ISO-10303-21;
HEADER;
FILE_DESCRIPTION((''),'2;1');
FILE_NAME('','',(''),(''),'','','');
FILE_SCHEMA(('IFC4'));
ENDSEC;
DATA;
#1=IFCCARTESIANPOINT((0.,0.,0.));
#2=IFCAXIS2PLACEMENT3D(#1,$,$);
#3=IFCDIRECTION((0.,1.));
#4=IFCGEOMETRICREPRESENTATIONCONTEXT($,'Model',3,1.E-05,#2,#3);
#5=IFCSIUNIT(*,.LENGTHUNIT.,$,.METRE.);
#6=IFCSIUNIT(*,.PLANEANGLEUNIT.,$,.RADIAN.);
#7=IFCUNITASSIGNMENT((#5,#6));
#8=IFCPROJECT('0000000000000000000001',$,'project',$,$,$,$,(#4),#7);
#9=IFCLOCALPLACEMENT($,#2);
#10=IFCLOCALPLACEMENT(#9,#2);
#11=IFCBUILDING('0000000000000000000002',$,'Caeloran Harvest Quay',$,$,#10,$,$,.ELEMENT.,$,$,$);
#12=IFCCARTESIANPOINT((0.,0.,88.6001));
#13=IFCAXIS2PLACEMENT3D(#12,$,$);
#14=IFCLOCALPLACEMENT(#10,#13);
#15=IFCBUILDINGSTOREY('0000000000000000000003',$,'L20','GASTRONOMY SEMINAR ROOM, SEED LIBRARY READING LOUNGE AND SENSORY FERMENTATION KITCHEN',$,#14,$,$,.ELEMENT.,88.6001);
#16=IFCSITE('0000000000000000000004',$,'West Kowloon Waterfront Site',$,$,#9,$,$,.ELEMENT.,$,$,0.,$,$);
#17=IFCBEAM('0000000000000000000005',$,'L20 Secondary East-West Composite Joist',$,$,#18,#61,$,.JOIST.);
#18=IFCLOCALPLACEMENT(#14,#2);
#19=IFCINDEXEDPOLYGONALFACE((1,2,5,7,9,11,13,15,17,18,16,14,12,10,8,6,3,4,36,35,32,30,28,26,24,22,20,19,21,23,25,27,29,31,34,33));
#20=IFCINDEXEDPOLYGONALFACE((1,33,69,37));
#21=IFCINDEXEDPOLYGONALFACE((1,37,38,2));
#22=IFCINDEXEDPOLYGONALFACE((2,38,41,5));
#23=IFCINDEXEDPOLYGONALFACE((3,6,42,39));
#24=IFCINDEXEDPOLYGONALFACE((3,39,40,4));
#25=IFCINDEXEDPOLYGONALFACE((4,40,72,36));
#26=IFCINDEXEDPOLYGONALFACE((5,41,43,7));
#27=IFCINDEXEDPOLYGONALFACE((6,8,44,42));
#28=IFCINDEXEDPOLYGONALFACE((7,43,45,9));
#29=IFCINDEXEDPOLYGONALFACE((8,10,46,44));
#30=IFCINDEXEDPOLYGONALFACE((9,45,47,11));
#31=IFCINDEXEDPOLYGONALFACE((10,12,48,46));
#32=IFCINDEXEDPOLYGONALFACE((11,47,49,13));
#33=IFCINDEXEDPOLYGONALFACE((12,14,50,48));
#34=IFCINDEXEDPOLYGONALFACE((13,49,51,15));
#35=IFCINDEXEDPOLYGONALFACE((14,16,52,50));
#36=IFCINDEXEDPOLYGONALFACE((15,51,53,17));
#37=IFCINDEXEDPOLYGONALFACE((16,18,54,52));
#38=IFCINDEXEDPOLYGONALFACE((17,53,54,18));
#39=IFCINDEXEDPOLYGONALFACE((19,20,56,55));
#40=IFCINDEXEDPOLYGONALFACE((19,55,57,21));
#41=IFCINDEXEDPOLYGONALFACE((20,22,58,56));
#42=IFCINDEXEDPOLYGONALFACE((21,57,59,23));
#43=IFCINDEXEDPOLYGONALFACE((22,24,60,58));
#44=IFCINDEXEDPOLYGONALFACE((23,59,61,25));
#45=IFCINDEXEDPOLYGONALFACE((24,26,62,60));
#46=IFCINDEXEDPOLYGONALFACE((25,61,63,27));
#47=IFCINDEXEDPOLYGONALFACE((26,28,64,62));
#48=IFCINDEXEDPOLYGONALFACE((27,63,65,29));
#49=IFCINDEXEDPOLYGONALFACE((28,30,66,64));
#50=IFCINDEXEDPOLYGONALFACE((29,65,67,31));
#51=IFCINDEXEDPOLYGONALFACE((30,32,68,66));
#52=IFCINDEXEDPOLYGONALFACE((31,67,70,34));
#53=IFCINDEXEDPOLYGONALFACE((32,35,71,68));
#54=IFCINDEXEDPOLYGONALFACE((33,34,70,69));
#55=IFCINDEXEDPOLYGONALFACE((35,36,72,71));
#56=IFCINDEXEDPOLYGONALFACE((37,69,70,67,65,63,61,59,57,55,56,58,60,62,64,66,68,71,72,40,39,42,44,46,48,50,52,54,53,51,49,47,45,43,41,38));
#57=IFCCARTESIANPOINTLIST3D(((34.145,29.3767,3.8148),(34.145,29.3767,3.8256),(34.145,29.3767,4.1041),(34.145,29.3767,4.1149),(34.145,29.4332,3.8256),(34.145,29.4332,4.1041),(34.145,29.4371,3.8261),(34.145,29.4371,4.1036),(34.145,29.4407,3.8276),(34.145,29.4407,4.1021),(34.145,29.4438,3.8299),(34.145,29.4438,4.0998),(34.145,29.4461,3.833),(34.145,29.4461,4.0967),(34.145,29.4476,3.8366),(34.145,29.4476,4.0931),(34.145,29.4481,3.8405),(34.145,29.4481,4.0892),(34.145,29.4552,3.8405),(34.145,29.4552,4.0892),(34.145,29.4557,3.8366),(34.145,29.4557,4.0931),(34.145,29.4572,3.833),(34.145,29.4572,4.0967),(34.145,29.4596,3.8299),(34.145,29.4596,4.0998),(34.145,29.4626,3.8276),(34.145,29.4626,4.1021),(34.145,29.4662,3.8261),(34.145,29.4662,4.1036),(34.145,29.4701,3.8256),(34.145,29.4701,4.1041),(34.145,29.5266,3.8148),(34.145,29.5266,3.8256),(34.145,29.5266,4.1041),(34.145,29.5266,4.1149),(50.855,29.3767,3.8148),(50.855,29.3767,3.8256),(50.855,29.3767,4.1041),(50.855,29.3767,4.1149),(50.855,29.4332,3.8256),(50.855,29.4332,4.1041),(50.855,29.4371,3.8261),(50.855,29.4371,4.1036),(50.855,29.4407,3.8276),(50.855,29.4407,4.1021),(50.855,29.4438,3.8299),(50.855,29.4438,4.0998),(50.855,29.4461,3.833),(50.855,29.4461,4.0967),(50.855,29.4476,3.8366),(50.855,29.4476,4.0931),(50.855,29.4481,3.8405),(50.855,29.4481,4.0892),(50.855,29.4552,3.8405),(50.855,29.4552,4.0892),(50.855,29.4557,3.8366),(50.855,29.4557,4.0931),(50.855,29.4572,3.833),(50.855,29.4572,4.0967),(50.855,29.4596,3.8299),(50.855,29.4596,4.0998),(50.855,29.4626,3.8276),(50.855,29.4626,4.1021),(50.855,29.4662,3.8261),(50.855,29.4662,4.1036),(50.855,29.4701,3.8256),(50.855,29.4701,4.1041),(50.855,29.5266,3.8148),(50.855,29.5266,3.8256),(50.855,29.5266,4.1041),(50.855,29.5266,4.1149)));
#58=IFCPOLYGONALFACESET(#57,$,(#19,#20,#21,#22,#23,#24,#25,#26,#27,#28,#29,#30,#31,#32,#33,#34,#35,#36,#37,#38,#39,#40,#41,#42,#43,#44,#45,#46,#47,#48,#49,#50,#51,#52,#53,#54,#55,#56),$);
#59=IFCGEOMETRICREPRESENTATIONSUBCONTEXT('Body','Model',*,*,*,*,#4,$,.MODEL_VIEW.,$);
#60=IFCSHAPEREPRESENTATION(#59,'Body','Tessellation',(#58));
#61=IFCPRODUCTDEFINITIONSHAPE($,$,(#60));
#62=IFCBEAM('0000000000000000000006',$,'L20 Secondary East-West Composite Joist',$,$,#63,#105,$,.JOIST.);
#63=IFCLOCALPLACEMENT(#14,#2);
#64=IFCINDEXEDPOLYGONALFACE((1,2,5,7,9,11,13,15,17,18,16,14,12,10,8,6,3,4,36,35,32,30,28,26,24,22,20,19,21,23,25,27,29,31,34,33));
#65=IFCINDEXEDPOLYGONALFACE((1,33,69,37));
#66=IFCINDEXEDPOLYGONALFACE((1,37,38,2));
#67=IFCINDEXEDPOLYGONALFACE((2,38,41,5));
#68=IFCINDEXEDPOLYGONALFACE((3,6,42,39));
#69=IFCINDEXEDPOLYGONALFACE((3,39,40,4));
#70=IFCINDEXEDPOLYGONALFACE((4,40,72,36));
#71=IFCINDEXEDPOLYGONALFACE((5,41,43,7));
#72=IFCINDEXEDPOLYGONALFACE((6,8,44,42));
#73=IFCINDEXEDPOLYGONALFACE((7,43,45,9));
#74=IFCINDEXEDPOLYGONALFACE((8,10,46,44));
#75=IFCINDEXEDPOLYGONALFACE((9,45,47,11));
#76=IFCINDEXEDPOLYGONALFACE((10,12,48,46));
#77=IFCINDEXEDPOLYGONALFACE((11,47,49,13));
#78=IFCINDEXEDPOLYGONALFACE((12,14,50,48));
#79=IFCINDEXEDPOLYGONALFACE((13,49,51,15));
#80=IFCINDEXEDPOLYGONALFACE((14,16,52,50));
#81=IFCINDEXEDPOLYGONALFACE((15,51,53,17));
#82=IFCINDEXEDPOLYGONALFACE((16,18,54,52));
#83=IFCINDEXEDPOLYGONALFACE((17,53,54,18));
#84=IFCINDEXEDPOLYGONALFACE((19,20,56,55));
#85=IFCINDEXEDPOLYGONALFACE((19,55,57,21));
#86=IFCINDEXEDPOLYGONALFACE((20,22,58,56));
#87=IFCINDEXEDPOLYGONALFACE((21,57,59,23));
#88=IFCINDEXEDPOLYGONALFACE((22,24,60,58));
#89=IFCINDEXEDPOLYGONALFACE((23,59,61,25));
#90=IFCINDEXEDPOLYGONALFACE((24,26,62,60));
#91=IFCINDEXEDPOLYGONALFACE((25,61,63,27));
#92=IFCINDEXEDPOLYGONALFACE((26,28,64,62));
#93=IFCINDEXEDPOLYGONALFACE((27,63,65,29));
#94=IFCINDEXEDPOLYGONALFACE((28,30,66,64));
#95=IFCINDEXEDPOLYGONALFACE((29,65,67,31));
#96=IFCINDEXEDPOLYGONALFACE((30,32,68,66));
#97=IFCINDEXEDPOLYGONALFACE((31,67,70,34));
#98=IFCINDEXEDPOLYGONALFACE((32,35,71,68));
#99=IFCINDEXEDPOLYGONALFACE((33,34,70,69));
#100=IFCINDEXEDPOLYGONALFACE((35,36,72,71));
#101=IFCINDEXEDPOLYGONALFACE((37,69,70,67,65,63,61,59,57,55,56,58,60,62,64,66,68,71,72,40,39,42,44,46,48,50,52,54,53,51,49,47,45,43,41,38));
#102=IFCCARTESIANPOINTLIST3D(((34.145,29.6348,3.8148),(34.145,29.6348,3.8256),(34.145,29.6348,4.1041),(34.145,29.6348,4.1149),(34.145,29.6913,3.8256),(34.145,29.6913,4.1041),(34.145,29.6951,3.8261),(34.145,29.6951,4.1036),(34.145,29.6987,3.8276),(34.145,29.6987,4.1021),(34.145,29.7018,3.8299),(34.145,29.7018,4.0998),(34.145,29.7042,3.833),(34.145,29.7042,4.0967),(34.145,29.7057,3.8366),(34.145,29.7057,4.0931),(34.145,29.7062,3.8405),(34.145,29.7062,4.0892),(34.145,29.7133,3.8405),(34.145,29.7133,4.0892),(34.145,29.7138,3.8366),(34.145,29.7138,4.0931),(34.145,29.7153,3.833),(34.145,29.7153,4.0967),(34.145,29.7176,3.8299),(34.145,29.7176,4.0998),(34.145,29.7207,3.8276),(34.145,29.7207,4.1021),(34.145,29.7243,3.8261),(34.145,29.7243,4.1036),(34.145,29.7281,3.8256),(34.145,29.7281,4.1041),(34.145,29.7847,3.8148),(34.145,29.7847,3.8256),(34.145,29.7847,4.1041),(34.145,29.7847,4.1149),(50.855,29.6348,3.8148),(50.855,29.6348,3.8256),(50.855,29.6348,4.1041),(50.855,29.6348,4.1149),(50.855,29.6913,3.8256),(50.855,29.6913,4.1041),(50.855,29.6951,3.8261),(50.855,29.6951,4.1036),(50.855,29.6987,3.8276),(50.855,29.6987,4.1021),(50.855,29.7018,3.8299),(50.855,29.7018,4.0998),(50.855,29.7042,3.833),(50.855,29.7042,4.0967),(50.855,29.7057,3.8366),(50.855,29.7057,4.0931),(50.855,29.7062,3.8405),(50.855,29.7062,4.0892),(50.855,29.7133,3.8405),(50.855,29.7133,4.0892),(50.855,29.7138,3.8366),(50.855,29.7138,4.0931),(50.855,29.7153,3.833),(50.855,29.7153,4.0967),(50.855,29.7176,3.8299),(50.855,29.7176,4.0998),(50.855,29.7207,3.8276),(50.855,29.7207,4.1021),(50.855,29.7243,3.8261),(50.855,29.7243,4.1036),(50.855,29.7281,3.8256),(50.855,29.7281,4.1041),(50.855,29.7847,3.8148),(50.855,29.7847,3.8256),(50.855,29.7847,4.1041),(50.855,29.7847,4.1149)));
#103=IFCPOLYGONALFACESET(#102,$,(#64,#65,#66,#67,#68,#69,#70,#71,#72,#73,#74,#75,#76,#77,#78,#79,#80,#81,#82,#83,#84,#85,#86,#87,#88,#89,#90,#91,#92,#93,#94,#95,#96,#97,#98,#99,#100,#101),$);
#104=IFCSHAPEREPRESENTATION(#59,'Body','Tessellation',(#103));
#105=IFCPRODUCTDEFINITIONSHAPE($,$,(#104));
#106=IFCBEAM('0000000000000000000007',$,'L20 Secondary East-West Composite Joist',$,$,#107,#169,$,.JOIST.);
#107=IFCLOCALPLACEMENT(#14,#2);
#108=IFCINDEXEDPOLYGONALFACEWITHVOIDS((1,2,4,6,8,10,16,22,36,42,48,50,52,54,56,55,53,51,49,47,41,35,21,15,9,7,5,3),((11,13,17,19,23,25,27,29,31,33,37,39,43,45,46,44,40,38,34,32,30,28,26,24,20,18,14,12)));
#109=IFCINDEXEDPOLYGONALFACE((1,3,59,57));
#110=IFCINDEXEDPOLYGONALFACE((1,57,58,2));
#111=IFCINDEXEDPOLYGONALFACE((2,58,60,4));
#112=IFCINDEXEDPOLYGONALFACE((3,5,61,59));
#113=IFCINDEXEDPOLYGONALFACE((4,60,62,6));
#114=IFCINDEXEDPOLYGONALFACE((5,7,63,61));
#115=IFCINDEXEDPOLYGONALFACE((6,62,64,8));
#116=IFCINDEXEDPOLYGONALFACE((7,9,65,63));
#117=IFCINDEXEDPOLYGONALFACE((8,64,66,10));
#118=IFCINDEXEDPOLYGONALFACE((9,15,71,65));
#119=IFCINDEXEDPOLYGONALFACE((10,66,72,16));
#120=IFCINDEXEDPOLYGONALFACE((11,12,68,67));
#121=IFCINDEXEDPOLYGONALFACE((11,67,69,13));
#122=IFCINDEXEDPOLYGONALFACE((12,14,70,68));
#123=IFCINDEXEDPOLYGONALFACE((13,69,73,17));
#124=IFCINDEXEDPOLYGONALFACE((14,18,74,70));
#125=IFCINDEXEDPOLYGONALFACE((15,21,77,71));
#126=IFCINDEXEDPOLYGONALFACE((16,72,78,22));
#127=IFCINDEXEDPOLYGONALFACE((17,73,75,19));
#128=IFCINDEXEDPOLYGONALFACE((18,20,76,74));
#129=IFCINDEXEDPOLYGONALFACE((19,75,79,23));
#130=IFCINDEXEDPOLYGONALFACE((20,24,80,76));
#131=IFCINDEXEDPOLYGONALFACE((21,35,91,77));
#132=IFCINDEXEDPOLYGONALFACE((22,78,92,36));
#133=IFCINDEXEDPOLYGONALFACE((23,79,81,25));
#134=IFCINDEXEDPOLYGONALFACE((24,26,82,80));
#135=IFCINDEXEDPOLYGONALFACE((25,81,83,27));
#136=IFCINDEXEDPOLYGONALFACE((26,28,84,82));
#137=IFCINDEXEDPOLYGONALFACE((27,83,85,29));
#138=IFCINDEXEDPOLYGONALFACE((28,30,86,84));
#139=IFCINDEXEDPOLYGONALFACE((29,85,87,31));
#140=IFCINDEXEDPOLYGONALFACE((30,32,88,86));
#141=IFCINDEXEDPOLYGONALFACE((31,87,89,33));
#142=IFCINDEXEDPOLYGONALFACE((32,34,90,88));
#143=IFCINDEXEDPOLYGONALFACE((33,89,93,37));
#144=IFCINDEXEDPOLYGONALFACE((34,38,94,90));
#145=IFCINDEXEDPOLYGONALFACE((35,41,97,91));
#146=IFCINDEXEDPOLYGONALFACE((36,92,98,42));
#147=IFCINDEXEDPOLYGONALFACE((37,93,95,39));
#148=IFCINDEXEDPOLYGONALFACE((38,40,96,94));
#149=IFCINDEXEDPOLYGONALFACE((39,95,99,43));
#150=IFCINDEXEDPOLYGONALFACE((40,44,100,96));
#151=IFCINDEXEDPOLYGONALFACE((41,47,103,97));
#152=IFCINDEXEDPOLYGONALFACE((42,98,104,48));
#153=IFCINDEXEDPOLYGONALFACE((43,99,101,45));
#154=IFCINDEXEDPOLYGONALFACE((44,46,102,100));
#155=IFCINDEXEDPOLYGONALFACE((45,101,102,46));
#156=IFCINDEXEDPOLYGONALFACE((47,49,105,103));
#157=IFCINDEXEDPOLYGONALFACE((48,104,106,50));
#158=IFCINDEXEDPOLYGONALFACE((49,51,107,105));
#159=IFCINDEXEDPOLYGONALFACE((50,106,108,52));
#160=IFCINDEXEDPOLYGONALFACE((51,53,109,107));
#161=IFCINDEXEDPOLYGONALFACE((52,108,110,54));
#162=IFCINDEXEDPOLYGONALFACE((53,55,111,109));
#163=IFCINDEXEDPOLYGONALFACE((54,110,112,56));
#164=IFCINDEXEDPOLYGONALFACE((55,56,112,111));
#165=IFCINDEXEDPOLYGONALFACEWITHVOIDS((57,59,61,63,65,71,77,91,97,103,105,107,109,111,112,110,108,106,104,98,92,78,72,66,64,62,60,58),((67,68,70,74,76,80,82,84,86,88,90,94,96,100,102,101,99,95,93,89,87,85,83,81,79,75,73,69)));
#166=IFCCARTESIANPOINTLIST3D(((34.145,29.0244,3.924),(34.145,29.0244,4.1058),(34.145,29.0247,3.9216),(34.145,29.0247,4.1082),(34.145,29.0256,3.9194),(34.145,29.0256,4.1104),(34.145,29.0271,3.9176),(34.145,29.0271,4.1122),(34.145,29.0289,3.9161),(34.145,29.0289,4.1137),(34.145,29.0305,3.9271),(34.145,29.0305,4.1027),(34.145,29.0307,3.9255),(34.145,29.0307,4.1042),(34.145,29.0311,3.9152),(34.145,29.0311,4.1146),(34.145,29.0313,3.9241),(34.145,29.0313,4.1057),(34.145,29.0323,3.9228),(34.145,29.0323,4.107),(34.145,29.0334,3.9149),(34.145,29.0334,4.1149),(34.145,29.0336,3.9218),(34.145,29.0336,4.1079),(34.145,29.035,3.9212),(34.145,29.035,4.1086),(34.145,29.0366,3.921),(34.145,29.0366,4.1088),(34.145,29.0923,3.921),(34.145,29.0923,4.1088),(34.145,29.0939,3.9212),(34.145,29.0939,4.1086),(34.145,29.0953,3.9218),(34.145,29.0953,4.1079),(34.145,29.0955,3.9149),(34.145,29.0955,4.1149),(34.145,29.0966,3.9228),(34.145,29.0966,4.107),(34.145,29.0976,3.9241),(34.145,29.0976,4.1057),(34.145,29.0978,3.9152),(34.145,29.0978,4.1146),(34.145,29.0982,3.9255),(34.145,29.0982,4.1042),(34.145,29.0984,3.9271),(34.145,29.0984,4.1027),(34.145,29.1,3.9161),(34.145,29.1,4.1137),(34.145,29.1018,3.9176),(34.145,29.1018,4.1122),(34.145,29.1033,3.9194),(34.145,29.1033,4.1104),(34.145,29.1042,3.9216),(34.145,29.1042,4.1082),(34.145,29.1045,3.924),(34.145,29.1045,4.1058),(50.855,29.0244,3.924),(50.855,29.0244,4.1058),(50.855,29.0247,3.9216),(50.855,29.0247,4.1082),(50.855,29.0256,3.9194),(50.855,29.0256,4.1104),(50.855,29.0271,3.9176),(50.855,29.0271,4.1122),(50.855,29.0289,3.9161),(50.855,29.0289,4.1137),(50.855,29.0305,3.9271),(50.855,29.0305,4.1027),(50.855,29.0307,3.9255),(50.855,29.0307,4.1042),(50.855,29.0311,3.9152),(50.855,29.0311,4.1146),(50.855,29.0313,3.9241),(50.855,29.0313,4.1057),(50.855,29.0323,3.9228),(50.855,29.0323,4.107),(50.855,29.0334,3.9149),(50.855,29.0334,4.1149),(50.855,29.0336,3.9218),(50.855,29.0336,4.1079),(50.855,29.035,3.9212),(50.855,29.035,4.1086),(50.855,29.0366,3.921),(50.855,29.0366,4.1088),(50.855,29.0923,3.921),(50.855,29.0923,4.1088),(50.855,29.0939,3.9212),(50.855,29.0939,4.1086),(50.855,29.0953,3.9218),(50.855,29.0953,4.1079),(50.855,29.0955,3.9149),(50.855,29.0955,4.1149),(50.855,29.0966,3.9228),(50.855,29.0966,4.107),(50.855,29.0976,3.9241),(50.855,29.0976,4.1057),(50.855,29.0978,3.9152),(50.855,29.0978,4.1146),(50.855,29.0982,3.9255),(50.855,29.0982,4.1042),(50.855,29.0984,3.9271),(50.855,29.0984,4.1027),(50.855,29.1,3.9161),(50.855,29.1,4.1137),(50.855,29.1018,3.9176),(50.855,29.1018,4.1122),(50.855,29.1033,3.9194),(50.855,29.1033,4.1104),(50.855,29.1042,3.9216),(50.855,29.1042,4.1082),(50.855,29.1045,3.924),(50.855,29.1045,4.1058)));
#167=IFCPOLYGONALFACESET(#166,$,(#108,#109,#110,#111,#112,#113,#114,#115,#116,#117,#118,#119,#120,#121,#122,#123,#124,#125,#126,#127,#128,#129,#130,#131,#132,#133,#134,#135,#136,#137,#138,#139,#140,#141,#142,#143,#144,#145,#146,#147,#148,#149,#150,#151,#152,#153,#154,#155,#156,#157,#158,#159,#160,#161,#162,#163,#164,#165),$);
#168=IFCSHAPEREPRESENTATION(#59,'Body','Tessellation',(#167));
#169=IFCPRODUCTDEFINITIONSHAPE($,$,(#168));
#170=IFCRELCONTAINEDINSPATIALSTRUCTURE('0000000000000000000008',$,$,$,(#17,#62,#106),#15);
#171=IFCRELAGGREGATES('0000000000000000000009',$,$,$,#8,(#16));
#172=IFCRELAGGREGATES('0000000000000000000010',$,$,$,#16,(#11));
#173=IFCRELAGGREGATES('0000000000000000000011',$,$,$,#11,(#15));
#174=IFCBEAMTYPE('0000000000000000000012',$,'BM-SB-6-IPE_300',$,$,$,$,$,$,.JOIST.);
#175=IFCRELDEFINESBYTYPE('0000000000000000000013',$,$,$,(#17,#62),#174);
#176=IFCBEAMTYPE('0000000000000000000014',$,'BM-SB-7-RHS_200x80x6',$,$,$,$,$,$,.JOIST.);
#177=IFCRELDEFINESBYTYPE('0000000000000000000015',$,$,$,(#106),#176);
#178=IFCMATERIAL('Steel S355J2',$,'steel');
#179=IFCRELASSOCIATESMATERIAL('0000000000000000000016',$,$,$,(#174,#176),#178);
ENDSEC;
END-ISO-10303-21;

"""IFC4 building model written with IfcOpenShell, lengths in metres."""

from ifc_helpers import new_model, si_unit, direction, frame, origin, origin_2d, place, context, subcontext, project, spatial, hollow_rectangle, i_section, extrude, material, material_profile, profile_set, type_object, element, save


model = new_model("IFC4")

# Units and contexts
model_context = context("Model", 3, precision=1e-05, world=origin(), true_north=direction((0.0, 1.0)))
body_context = subcontext(model_context, "Body", "Model", "MODEL_VIEW")
ifc_project = project(units=[si_unit("LENGTHUNIT", "METRE"), si_unit("PLANEANGLEUNIT", "RADIAN")], contexts=[model_context])

# Site, building, storey
site_placement = place(None, origin())
site = spatial("IfcSite", under=ifc_project, at=site_placement, Name="West Kowloon Waterfront Site", CompositionType="ELEMENT", RefElevation=0.0)
building_placement = place(site_placement, origin())
building = spatial("IfcBuilding", under=site, at=building_placement, Name="Caeloran Harvest Quay", CompositionType="ELEMENT")
storey_placement = place(building_placement, frame((0.0, 0.0, 88.6001)))
storey = spatial("IfcBuildingStorey", under=building, at=storey_placement, Name="L20", Description="GASTRONOMY SEMINAR ROOM, SEED LIBRARY READING LOUNGE AND SENSORY FERMENTATION KITCHEN", CompositionType="ELEMENT", Elevation=88.6001)

# Beams
ifc_material_1 = material(Name="Steel S355J2", Category="steel")
ifc_material_profile_1 = material_profile(ifc_material_1, i_section(OverallWidth=0.1499, OverallDepth=0.3, WebThickness=0.0071, FlangeThickness=0.0107, FilletRadius=0.0149, at=origin_2d()), Name="IPE 300")
ifc_profile_set_1 = profile_set([ifc_material_profile_1], Name="Steel S355J2")
beam_type_1 = type_object("IfcBeamType", Name="BM-SB-6-IPE_300", PredefinedType="JOIST", material=ifc_profile_set_1)
for number, where, z_axis, x_axis, name in (
    (1, (34.145, 29.4517, 3.9648), (1.0, 0.0, 0.0), (0.0, 1.0, 0.0), "L20 Secondary East-West Composite Joist"),
    (2, (34.145, 29.7097, 3.9648), (1.0, 0.0, 0.0), (0.0, 1.0, 0.0), "L20 Secondary East-West Composite Joist"),
):
    element("IfcBeam", number, at=place(storey_placement, frame(where, z_axis=z_axis, x_axis=x_axis)), inside=storey, type_object=beam_type_1, Name=name, PredefinedType="JOIST", context=body_context, shape_type="SweptSolid", body=[
        extrude(i_section(OverallWidth=0.1499, OverallDepth=0.3, WebThickness=0.0071, FlangeThickness=0.0107, FilletRadius=0.0149, at=origin_2d()), origin(), (0.0, 0.0, 1.0), 16.71),
    ])
ifc_material_profile_2 = material_profile(ifc_material_1, hollow_rectangle(XDim=0.0801, YDim=0.2, WallThickness=0.0061, InnerFilletRadius=0.0061, OuterFilletRadius=0.009, at=origin_2d()), Name="RHS 200x80x6")
ifc_profile_set_2 = profile_set([ifc_material_profile_2], Name="Steel S355J2")
beam_type_2 = type_object("IfcBeamType", Name="BM-SB-7-RHS_200x80x6", PredefinedType="JOIST", material=ifc_profile_set_2)
for number, where, z_axis, x_axis, name in (
    (3, (34.145, 29.0645, 4.0149), (1.0, 0.0, 0.0), (0.0, 1.0, 0.0), "L20 Secondary East-West Composite Joist"),
):
    element("IfcBeam", number, at=place(storey_placement, frame(where, z_axis=z_axis, x_axis=x_axis)), inside=storey, type_object=beam_type_2, Name=name, PredefinedType="JOIST", context=body_context, shape_type="SweptSolid", body=[
        extrude(hollow_rectangle(XDim=0.0801, YDim=0.2, WallThickness=0.0061, InnerFilletRadius=0.0061, OuterFilletRadius=0.009, at=origin_2d()), origin(), (0.0, 0.0, 1.0), 16.71),
    ])

save(model, "model.ifc")
